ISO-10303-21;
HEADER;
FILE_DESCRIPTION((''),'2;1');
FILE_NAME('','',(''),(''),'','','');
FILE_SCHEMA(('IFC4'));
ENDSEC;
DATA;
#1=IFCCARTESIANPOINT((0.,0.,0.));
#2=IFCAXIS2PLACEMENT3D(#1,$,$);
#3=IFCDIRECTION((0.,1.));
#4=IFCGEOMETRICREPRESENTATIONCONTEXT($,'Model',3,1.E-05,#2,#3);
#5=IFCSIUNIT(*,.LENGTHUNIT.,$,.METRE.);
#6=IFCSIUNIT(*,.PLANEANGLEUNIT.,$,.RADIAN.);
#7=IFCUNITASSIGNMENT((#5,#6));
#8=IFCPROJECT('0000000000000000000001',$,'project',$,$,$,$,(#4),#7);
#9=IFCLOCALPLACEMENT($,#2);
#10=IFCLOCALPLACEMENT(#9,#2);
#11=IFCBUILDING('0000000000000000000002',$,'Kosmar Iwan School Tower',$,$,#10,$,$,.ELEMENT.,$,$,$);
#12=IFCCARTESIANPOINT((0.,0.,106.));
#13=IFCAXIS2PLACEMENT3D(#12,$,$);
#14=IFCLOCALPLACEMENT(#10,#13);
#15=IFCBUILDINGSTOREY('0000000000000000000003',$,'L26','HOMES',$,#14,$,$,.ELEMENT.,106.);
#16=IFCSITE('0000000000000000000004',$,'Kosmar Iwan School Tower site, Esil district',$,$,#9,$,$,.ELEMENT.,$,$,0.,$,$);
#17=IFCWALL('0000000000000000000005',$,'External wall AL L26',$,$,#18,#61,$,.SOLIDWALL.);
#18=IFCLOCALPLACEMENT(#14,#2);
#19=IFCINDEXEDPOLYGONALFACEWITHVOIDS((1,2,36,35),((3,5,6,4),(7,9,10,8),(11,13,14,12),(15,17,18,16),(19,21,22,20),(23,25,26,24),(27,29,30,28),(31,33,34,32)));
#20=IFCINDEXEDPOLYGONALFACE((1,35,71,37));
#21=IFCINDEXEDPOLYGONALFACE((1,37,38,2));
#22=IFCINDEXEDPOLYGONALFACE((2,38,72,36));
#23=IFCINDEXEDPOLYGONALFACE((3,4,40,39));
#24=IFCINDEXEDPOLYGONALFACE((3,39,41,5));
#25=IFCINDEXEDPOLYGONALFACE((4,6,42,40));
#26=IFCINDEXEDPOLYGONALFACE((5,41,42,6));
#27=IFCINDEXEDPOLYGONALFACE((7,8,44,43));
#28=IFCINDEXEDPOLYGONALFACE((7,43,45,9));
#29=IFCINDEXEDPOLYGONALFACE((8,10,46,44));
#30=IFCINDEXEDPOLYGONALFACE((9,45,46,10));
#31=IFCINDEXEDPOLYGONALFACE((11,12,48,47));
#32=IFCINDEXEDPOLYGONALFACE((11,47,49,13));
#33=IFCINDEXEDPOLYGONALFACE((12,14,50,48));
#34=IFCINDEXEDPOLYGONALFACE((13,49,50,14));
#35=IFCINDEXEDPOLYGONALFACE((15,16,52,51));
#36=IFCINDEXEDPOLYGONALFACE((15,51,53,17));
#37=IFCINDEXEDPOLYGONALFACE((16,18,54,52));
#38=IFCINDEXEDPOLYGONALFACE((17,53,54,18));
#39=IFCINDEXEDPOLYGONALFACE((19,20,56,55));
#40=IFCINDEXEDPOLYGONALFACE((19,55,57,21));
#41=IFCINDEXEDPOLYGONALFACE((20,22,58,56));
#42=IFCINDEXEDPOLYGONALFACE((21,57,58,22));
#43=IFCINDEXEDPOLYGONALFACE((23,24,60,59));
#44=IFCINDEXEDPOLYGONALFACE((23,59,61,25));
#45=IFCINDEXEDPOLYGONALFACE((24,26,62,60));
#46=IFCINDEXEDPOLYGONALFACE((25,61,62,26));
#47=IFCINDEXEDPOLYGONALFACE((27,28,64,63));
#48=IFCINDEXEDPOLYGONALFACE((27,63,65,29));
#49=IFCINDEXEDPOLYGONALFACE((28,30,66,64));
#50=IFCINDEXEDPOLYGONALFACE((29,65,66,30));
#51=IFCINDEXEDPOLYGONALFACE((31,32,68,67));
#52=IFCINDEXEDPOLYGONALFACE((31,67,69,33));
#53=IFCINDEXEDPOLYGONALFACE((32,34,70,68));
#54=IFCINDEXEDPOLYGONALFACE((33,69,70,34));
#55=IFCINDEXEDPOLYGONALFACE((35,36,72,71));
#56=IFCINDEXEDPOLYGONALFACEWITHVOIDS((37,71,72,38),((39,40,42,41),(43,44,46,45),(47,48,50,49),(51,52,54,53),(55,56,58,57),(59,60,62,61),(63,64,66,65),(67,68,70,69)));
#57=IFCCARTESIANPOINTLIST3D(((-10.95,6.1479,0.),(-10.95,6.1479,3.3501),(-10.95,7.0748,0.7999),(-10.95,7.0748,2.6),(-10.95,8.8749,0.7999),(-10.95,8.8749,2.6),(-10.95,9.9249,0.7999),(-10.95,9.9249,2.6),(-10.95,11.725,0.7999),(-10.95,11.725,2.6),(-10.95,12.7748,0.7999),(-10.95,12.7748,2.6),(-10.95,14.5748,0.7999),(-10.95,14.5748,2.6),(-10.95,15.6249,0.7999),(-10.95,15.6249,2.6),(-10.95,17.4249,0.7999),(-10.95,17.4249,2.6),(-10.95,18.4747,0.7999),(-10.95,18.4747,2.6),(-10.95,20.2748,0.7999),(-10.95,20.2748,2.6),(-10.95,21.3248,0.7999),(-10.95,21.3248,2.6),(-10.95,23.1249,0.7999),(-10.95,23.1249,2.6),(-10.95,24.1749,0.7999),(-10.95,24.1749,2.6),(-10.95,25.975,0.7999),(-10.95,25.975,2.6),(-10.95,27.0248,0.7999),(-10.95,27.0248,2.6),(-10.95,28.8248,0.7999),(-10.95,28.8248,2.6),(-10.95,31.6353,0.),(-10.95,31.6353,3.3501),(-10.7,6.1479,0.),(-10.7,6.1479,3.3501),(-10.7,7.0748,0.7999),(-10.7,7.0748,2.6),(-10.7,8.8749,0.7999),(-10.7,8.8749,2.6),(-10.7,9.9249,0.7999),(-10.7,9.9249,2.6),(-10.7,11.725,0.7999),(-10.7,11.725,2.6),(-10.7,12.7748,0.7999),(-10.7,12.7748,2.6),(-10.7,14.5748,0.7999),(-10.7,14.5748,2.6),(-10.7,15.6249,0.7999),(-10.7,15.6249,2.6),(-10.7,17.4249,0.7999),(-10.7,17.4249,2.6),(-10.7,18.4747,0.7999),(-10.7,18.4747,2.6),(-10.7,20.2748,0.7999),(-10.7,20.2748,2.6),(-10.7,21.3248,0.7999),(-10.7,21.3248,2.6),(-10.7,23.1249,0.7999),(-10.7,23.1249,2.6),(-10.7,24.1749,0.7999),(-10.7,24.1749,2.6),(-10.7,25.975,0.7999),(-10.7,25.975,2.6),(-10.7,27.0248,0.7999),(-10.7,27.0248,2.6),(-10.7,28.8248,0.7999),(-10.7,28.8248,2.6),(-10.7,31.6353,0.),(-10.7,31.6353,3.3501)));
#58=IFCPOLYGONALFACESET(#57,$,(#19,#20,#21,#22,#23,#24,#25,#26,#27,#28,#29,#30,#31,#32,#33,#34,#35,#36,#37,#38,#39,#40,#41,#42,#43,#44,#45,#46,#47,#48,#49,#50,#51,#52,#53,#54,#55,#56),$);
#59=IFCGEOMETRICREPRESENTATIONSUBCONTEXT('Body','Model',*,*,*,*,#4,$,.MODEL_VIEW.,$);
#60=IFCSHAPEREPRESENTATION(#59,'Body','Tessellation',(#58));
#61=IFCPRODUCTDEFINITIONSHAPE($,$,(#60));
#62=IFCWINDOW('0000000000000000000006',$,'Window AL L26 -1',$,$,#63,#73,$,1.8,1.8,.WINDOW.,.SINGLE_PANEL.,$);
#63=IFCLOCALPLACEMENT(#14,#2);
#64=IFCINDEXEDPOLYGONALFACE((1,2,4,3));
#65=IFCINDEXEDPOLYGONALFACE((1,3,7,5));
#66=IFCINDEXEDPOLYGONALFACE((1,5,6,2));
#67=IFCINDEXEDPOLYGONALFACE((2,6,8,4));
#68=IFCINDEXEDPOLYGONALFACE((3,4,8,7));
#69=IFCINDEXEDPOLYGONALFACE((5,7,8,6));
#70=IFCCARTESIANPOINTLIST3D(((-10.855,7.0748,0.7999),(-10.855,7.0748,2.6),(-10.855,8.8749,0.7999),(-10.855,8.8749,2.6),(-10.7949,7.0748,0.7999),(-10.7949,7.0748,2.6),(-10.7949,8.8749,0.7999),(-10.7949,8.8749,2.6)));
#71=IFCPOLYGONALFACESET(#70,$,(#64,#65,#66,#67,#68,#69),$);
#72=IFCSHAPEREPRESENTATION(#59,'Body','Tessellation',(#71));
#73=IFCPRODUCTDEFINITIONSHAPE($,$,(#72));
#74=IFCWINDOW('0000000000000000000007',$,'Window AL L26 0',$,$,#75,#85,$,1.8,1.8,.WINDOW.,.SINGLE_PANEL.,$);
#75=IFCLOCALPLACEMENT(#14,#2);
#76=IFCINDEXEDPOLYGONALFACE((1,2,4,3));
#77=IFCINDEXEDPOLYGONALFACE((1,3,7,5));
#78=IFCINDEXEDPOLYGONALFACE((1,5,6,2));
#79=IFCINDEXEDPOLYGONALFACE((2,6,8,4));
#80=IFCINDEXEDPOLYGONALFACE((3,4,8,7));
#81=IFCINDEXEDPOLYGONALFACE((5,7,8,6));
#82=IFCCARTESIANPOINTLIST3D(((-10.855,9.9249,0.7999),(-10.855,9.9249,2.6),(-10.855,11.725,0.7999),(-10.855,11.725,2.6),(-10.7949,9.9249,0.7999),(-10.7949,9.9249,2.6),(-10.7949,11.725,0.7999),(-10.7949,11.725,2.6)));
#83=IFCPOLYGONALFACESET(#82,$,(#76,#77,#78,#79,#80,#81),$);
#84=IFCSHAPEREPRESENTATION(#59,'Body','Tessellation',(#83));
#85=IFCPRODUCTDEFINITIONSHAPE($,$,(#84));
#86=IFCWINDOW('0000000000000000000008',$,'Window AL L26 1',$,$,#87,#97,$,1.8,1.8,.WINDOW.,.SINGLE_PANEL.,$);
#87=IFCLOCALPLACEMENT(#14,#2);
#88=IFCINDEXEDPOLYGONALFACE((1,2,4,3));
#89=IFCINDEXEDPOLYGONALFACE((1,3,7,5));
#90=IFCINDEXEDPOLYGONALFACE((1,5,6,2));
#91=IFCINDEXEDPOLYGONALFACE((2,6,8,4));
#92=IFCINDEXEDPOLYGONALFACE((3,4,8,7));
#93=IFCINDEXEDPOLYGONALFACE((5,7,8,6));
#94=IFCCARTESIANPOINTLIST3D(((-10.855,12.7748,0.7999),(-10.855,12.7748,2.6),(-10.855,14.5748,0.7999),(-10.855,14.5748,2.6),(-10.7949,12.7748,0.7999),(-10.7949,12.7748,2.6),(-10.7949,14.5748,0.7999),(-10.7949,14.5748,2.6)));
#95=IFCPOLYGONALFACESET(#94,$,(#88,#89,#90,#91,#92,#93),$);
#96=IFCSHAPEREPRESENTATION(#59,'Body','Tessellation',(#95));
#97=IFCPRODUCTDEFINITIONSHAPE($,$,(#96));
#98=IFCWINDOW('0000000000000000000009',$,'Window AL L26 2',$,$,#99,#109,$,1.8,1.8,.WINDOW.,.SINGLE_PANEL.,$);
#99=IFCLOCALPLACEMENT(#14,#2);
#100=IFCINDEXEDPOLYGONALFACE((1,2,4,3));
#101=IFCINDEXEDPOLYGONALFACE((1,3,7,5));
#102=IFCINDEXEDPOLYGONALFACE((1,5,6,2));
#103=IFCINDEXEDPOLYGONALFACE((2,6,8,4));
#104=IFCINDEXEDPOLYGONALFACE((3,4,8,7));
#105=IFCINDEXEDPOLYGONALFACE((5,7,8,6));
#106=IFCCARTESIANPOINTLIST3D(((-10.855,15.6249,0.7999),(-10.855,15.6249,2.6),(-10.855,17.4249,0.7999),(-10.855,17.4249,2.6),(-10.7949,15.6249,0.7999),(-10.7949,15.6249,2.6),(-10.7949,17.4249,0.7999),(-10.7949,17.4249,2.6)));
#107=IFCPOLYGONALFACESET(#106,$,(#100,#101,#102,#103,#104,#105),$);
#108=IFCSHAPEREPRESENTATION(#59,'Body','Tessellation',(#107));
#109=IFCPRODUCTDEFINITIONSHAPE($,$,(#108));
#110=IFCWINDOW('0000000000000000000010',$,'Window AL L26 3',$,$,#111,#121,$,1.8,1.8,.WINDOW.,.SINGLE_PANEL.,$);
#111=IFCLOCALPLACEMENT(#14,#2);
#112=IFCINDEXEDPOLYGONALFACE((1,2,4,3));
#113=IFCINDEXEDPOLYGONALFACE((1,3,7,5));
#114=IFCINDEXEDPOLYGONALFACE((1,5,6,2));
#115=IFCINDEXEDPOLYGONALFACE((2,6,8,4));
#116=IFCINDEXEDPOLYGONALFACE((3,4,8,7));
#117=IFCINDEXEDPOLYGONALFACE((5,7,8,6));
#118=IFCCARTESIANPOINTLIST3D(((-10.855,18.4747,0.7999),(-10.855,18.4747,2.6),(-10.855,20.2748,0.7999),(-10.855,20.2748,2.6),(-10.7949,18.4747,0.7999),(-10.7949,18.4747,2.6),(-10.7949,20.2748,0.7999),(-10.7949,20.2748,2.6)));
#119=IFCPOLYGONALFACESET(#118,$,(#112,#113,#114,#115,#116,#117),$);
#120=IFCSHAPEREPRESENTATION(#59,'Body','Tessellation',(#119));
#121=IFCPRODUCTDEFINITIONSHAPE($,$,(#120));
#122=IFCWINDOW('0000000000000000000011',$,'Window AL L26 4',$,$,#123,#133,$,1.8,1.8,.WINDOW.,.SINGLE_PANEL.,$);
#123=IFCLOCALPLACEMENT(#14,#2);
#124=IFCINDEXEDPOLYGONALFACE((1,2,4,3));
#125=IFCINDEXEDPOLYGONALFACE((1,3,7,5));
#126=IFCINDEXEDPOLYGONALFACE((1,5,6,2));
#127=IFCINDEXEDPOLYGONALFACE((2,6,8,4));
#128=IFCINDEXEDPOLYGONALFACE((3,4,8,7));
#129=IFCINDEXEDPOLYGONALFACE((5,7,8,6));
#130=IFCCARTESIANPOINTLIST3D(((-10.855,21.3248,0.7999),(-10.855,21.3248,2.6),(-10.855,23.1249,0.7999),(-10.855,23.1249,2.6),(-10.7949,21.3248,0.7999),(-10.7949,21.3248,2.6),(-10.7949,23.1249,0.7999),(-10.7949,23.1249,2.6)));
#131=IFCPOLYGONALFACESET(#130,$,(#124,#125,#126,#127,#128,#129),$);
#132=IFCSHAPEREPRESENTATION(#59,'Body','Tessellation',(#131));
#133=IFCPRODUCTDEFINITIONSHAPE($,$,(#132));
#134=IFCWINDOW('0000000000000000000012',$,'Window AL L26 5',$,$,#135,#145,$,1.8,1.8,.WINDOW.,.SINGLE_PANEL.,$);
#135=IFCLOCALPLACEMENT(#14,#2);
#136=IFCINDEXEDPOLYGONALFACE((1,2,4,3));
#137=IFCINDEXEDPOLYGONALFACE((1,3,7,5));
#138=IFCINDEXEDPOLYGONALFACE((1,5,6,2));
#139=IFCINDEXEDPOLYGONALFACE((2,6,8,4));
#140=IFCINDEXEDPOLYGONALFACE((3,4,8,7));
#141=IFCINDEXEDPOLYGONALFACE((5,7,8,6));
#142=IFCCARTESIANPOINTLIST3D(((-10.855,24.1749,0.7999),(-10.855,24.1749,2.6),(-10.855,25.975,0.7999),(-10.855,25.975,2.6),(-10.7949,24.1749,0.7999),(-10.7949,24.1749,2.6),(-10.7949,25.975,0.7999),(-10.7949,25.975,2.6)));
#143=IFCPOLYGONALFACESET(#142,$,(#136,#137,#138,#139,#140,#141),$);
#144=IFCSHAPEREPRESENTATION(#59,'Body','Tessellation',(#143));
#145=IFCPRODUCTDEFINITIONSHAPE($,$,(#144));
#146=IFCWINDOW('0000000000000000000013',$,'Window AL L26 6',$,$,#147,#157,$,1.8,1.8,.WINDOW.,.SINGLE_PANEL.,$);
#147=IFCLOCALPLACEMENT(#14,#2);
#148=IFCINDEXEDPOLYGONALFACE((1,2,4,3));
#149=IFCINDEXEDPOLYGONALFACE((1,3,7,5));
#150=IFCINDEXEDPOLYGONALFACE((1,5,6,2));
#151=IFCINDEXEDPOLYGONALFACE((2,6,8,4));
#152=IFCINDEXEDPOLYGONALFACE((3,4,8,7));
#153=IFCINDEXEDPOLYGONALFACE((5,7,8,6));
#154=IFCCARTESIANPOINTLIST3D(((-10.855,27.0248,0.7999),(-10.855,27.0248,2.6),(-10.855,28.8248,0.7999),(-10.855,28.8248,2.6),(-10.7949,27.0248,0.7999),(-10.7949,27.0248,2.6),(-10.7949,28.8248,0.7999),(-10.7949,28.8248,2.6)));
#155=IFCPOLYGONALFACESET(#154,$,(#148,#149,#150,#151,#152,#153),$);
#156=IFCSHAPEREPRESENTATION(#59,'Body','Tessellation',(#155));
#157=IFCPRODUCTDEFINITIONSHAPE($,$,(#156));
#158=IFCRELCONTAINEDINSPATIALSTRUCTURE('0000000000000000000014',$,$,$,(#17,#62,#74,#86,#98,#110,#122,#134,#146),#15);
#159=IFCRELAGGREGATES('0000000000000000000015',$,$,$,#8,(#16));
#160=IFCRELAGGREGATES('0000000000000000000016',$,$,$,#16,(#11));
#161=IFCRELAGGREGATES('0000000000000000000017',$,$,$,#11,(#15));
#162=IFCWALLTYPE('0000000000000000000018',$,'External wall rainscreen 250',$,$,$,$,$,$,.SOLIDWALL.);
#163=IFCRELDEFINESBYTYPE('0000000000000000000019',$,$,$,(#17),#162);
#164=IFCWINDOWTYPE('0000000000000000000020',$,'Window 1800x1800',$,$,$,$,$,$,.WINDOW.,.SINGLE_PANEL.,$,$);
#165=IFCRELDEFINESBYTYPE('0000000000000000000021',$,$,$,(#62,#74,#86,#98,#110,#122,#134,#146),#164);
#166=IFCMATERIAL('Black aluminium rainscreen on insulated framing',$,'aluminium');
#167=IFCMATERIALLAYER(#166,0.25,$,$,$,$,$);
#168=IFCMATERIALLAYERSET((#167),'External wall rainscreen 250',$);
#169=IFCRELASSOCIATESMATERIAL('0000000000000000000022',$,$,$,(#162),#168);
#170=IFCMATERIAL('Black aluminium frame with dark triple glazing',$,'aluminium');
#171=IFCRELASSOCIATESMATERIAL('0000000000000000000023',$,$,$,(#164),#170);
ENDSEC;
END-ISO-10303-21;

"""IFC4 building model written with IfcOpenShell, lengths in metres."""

from ifc_helpers import new_model, si_unit, direction, frame, frame_2d, origin, place, context, subcontext, project, spatial, rectangle, extrude, material, layer, layer_set, type_object, element, fill, save


model = new_model("IFC4")

# Units and contexts
model_context = context("Model", 3, precision=1e-05, world=origin(), true_north=direction((0.0, 1.0)))
body_context = subcontext(model_context, "Body", "Model", "MODEL_VIEW")
ifc_project = project(units=[si_unit("LENGTHUNIT", "METRE"), si_unit("PLANEANGLEUNIT", "RADIAN")], contexts=[model_context])

# Site, building, storey
site_placement = place(None, origin())
site = spatial("IfcSite", under=ifc_project, at=site_placement, Name="Kosmar Iwan School Tower site, Esil district", CompositionType="ELEMENT", RefElevation=0.0)
building_placement = place(site_placement, origin())
building = spatial("IfcBuilding", under=site, at=building_placement, Name="Kosmar Iwan School Tower", CompositionType="ELEMENT")
storey_placement = place(building_placement, frame((0.0, 0.0, 106.0)))
storey = spatial("IfcBuildingStorey", under=building, at=storey_placement, Name="L26", Description="HOMES", CompositionType="ELEMENT", Elevation=106.0)

# Wall, openings, windows
ifc_material_1 = material(Name="Black aluminium rainscreen on insulated framing", Category="aluminium")
ifc_layer = layer(ifc_material_1, 0.25)
ifc_layer_set = layer_set([ifc_layer], Name="External wall rainscreen 250")
wall_type = type_object("IfcWallType", Name="External wall rainscreen 250", PredefinedType="SOLIDWALL", material=ifc_layer_set)
wall_1_placement = place(storey_placement, frame((-10.825, 6.1479, 0.0), z_axis=(0.0, 0.0, 1.0), x_axis=(0.0, 1.0, 0.0)))
wall_1 = element("IfcWall", 1, at=wall_1_placement, inside=storey, type_object=wall_type, Name="External wall AL L26", PredefinedType="SOLIDWALL", context=body_context, shape_type="SweptSolid", body=[
    extrude(rectangle(XDim=25.4873, YDim=0.25, at=frame_2d((12.7437, 0.0))), origin(), (0.0, 0.0, 1.0), 3.3501),
])
opening_1_placement = place(wall_1_placement, frame((0.927, 0.0, 0.8)))
opening_1 = element("IfcOpeningElement", 2, at=opening_1_placement, cuts=wall_1, PredefinedType="OPENING", context=body_context, shape_type="SweptSolid", body=[
    extrude(rectangle(XDim=1.8, YDim=1.8, at=frame_2d((0.8999, 0.8999))), frame((0.0, 0.137, 0.0), z_axis=(0.0, -1.0, 0.0), x_axis=(1.0, 0.0, 0.0)), (0.0, 0.0, 1.0), 0.2739),
])
opening_2_placement = place(wall_1_placement, frame((3.7771, 0.0, 0.8)))
opening_2 = element("IfcOpeningElement", 3, at=opening_2_placement, cuts=wall_1, PredefinedType="OPENING", context=body_context, shape_type="SweptSolid", body=[
    extrude(rectangle(XDim=1.8, YDim=1.8, at=frame_2d((0.8999, 0.8999))), frame((0.0, 0.137, 0.0), z_axis=(0.0, -1.0, 0.0), x_axis=(1.0, 0.0, 0.0)), (0.0, 0.0, 1.0), 0.2739),
])
opening_3_placement = place(wall_1_placement, frame((6.627, 0.0, 0.8)))
opening_3 = element("IfcOpeningElement", 4, at=opening_3_placement, cuts=wall_1, PredefinedType="OPENING", context=body_context, shape_type="SweptSolid", body=[
    extrude(rectangle(XDim=1.8, YDim=1.8, at=frame_2d((0.8999, 0.8999))), frame((0.0, 0.137, 0.0), z_axis=(0.0, -1.0, 0.0), x_axis=(1.0, 0.0, 0.0)), (0.0, 0.0, 1.0), 0.2739),
])
opening_4_placement = place(wall_1_placement, frame((9.4771, 0.0, 0.8)))
opening_4 = element("IfcOpeningElement", 5, at=opening_4_placement, cuts=wall_1, PredefinedType="OPENING", context=body_context, shape_type="SweptSolid", body=[
    extrude(rectangle(XDim=1.8, YDim=1.8, at=frame_2d((0.8999, 0.8999))), frame((0.0, 0.137, 0.0), z_axis=(0.0, -1.0, 0.0), x_axis=(1.0, 0.0, 0.0)), (0.0, 0.0, 1.0), 0.2739),
])
opening_5_placement = place(wall_1_placement, frame((12.3269, 0.0, 0.8)))
opening_5 = element("IfcOpeningElement", 6, at=opening_5_placement, cuts=wall_1, PredefinedType="OPENING", context=body_context, shape_type="SweptSolid", body=[
    extrude(rectangle(XDim=1.8, YDim=1.8, at=frame_2d((0.8999, 0.8999))), frame((0.0, 0.137, 0.0), z_axis=(0.0, -1.0, 0.0), x_axis=(1.0, 0.0, 0.0)), (0.0, 0.0, 1.0), 0.2739),
])
opening_6_placement = place(wall_1_placement, frame((15.177, 0.0, 0.8)))
opening_6 = element("IfcOpeningElement", 7, at=opening_6_placement, cuts=wall_1, PredefinedType="OPENING", context=body_context, shape_type="SweptSolid", body=[
    extrude(rectangle(XDim=1.8, YDim=1.8, at=frame_2d((0.8999, 0.8999))), frame((0.0, 0.137, 0.0), z_axis=(0.0, -1.0, 0.0), x_axis=(1.0, 0.0, 0.0)), (0.0, 0.0, 1.0), 0.2739),
])
opening_7_placement = place(wall_1_placement, frame((18.0271, 0.0, 0.8)))
opening_7 = element("IfcOpeningElement", 8, at=opening_7_placement, cuts=wall_1, PredefinedType="OPENING", context=body_context, shape_type="SweptSolid", body=[
    extrude(rectangle(XDim=1.8, YDim=1.8, at=frame_2d((0.8999, 0.8999))), frame((0.0, 0.137, 0.0), z_axis=(0.0, -1.0, 0.0), x_axis=(1.0, 0.0, 0.0)), (0.0, 0.0, 1.0), 0.2739),
])
opening_8_placement = place(wall_1_placement, frame((20.877, 0.0, 0.8)))
opening_8 = element("IfcOpeningElement", 9, at=opening_8_placement, cuts=wall_1, PredefinedType="OPENING", context=body_context, shape_type="SweptSolid", body=[
    extrude(rectangle(XDim=1.8, YDim=1.8, at=frame_2d((0.8999, 0.8999))), frame((0.0, 0.137, 0.0), z_axis=(0.0, -1.0, 0.0), x_axis=(1.0, 0.0, 0.0)), (0.0, 0.0, 1.0), 0.2739),
])
ifc_material_2 = material(Name="Black aluminium frame with dark triple glazing", Category="aluminium")
window_type = type_object("IfcWindowType", Name="Window 1800x1800", PartitioningType="SINGLE_PANEL", PredefinedType="WINDOW", material=ifc_material_2)
window_1_placement = place(opening_1_placement, origin())
window_1 = element("IfcWindow", 10, at=window_1_placement, inside=storey, type_object=window_type, Name="Window AL L26 -1", OverallHeight=1.8, OverallWidth=1.8, PartitioningType="SINGLE_PANEL", PredefinedType="WINDOW", context=body_context, shape_type="SweptSolid", body=[
    extrude(rectangle(XDim=1.8, YDim=1.8, at=frame_2d((0.8999, 0.8999))), frame((0.0, 0.03, 0.0), z_axis=(0.0, -1.0, 0.0), x_axis=(1.0, 0.0, 0.0)), (0.0, 0.0, 1.0), 0.0601),
])
fill(opening_1, window_1)
window_2_placement = place(opening_2_placement, origin())
window_2 = element("IfcWindow", 11, at=window_2_placement, inside=storey, type_object=window_type, Name="Window AL L26 0", OverallHeight=1.8, OverallWidth=1.8, PartitioningType="SINGLE_PANEL", PredefinedType="WINDOW", context=body_context, shape_type="SweptSolid", body=[
    extrude(rectangle(XDim=1.8, YDim=1.8, at=frame_2d((0.8999, 0.8999))), frame((0.0, 0.03, 0.0), z_axis=(0.0, -1.0, 0.0), x_axis=(1.0, 0.0, 0.0)), (0.0, 0.0, 1.0), 0.0601),
])
fill(opening_2, window_2)
window_3_placement = place(opening_3_placement, origin())
window_3 = element("IfcWindow", 12, at=window_3_placement, inside=storey, type_object=window_type, Name="Window AL L26 1", OverallHeight=1.8, OverallWidth=1.8, PartitioningType="SINGLE_PANEL", PredefinedType="WINDOW", context=body_context, shape_type="SweptSolid", body=[
    extrude(rectangle(XDim=1.8, YDim=1.8, at=frame_2d((0.8999, 0.8999))), frame((0.0, 0.03, 0.0), z_axis=(0.0, -1.0, 0.0), x_axis=(1.0, 0.0, 0.0)), (0.0, 0.0, 1.0), 0.0601),
])
fill(opening_3, window_3)
window_4_placement = place(opening_4_placement, origin())
window_4 = element("IfcWindow", 13, at=window_4_placement, inside=storey, type_object=window_type, Name="Window AL L26 2", OverallHeight=1.8, OverallWidth=1.8, PartitioningType="SINGLE_PANEL", PredefinedType="WINDOW", context=body_context, shape_type="SweptSolid", body=[
    extrude(rectangle(XDim=1.8, YDim=1.8, at=frame_2d((0.8999, 0.8999))), frame((0.0, 0.03, 0.0), z_axis=(0.0, -1.0, 0.0), x_axis=(1.0, 0.0, 0.0)), (0.0, 0.0, 1.0), 0.0601),
])
fill(opening_4, window_4)
window_5_placement = place(opening_5_placement, origin())
window_5 = element("IfcWindow", 14, at=window_5_placement, inside=storey, type_object=window_type, Name="Window AL L26 3", OverallHeight=1.8, OverallWidth=1.8, PartitioningType="SINGLE_PANEL", PredefinedType="WINDOW", context=body_context, shape_type="SweptSolid", body=[
    extrude(rectangle(XDim=1.8, YDim=1.8, at=frame_2d((0.8999, 0.8999))), frame((0.0, 0.03, 0.0), z_axis=(0.0, -1.0, 0.0), x_axis=(1.0, 0.0, 0.0)), (0.0, 0.0, 1.0), 0.0601),
])
fill(opening_5, window_5)
window_6_placement = place(opening_6_placement, origin())
window_6 = element("IfcWindow", 15, at=window_6_placement, inside=storey, type_object=window_type, Name="Window AL L26 4", OverallHeight=1.8, OverallWidth=1.8, PartitioningType="SINGLE_PANEL", PredefinedType="WINDOW", context=body_context, shape_type="SweptSolid", body=[
    extrude(rectangle(XDim=1.8, YDim=1.8, at=frame_2d((0.8999, 0.8999))), frame((0.0, 0.03, 0.0), z_axis=(0.0, -1.0, 0.0), x_axis=(1.0, 0.0, 0.0)), (0.0, 0.0, 1.0), 0.0601),
])
fill(opening_6, window_6)
window_7_placement = place(opening_7_placement, origin())
window_7 = element("IfcWindow", 16, at=window_7_placement, inside=storey, type_object=window_type, Name="Window AL L26 5", OverallHeight=1.8, OverallWidth=1.8, PartitioningType="SINGLE_PANEL", PredefinedType="WINDOW", context=body_context, shape_type="SweptSolid", body=[
    extrude(rectangle(XDim=1.8, YDim=1.8, at=frame_2d((0.8999, 0.8999))), frame((0.0, 0.03, 0.0), z_axis=(0.0, -1.0, 0.0), x_axis=(1.0, 0.0, 0.0)), (0.0, 0.0, 1.0), 0.0601),
])
fill(opening_7, window_7)
window_8_placement = place(opening_8_placement, origin())
window_8 = element("IfcWindow", 17, at=window_8_placement, inside=storey, type_object=window_type, Name="Window AL L26 6", OverallHeight=1.8, OverallWidth=1.8, PartitioningType="SINGLE_PANEL", PredefinedType="WINDOW", context=body_context, shape_type="SweptSolid", body=[
    extrude(rectangle(XDim=1.8, YDim=1.8, at=frame_2d((0.8999, 0.8999))), frame((0.0, 0.03, 0.0), z_axis=(0.0, -1.0, 0.0), x_axis=(1.0, 0.0, 0.0)), (0.0, 0.0, 1.0), 0.0601),
])
fill(opening_8, window_8)

save(model, "model.ifc")
